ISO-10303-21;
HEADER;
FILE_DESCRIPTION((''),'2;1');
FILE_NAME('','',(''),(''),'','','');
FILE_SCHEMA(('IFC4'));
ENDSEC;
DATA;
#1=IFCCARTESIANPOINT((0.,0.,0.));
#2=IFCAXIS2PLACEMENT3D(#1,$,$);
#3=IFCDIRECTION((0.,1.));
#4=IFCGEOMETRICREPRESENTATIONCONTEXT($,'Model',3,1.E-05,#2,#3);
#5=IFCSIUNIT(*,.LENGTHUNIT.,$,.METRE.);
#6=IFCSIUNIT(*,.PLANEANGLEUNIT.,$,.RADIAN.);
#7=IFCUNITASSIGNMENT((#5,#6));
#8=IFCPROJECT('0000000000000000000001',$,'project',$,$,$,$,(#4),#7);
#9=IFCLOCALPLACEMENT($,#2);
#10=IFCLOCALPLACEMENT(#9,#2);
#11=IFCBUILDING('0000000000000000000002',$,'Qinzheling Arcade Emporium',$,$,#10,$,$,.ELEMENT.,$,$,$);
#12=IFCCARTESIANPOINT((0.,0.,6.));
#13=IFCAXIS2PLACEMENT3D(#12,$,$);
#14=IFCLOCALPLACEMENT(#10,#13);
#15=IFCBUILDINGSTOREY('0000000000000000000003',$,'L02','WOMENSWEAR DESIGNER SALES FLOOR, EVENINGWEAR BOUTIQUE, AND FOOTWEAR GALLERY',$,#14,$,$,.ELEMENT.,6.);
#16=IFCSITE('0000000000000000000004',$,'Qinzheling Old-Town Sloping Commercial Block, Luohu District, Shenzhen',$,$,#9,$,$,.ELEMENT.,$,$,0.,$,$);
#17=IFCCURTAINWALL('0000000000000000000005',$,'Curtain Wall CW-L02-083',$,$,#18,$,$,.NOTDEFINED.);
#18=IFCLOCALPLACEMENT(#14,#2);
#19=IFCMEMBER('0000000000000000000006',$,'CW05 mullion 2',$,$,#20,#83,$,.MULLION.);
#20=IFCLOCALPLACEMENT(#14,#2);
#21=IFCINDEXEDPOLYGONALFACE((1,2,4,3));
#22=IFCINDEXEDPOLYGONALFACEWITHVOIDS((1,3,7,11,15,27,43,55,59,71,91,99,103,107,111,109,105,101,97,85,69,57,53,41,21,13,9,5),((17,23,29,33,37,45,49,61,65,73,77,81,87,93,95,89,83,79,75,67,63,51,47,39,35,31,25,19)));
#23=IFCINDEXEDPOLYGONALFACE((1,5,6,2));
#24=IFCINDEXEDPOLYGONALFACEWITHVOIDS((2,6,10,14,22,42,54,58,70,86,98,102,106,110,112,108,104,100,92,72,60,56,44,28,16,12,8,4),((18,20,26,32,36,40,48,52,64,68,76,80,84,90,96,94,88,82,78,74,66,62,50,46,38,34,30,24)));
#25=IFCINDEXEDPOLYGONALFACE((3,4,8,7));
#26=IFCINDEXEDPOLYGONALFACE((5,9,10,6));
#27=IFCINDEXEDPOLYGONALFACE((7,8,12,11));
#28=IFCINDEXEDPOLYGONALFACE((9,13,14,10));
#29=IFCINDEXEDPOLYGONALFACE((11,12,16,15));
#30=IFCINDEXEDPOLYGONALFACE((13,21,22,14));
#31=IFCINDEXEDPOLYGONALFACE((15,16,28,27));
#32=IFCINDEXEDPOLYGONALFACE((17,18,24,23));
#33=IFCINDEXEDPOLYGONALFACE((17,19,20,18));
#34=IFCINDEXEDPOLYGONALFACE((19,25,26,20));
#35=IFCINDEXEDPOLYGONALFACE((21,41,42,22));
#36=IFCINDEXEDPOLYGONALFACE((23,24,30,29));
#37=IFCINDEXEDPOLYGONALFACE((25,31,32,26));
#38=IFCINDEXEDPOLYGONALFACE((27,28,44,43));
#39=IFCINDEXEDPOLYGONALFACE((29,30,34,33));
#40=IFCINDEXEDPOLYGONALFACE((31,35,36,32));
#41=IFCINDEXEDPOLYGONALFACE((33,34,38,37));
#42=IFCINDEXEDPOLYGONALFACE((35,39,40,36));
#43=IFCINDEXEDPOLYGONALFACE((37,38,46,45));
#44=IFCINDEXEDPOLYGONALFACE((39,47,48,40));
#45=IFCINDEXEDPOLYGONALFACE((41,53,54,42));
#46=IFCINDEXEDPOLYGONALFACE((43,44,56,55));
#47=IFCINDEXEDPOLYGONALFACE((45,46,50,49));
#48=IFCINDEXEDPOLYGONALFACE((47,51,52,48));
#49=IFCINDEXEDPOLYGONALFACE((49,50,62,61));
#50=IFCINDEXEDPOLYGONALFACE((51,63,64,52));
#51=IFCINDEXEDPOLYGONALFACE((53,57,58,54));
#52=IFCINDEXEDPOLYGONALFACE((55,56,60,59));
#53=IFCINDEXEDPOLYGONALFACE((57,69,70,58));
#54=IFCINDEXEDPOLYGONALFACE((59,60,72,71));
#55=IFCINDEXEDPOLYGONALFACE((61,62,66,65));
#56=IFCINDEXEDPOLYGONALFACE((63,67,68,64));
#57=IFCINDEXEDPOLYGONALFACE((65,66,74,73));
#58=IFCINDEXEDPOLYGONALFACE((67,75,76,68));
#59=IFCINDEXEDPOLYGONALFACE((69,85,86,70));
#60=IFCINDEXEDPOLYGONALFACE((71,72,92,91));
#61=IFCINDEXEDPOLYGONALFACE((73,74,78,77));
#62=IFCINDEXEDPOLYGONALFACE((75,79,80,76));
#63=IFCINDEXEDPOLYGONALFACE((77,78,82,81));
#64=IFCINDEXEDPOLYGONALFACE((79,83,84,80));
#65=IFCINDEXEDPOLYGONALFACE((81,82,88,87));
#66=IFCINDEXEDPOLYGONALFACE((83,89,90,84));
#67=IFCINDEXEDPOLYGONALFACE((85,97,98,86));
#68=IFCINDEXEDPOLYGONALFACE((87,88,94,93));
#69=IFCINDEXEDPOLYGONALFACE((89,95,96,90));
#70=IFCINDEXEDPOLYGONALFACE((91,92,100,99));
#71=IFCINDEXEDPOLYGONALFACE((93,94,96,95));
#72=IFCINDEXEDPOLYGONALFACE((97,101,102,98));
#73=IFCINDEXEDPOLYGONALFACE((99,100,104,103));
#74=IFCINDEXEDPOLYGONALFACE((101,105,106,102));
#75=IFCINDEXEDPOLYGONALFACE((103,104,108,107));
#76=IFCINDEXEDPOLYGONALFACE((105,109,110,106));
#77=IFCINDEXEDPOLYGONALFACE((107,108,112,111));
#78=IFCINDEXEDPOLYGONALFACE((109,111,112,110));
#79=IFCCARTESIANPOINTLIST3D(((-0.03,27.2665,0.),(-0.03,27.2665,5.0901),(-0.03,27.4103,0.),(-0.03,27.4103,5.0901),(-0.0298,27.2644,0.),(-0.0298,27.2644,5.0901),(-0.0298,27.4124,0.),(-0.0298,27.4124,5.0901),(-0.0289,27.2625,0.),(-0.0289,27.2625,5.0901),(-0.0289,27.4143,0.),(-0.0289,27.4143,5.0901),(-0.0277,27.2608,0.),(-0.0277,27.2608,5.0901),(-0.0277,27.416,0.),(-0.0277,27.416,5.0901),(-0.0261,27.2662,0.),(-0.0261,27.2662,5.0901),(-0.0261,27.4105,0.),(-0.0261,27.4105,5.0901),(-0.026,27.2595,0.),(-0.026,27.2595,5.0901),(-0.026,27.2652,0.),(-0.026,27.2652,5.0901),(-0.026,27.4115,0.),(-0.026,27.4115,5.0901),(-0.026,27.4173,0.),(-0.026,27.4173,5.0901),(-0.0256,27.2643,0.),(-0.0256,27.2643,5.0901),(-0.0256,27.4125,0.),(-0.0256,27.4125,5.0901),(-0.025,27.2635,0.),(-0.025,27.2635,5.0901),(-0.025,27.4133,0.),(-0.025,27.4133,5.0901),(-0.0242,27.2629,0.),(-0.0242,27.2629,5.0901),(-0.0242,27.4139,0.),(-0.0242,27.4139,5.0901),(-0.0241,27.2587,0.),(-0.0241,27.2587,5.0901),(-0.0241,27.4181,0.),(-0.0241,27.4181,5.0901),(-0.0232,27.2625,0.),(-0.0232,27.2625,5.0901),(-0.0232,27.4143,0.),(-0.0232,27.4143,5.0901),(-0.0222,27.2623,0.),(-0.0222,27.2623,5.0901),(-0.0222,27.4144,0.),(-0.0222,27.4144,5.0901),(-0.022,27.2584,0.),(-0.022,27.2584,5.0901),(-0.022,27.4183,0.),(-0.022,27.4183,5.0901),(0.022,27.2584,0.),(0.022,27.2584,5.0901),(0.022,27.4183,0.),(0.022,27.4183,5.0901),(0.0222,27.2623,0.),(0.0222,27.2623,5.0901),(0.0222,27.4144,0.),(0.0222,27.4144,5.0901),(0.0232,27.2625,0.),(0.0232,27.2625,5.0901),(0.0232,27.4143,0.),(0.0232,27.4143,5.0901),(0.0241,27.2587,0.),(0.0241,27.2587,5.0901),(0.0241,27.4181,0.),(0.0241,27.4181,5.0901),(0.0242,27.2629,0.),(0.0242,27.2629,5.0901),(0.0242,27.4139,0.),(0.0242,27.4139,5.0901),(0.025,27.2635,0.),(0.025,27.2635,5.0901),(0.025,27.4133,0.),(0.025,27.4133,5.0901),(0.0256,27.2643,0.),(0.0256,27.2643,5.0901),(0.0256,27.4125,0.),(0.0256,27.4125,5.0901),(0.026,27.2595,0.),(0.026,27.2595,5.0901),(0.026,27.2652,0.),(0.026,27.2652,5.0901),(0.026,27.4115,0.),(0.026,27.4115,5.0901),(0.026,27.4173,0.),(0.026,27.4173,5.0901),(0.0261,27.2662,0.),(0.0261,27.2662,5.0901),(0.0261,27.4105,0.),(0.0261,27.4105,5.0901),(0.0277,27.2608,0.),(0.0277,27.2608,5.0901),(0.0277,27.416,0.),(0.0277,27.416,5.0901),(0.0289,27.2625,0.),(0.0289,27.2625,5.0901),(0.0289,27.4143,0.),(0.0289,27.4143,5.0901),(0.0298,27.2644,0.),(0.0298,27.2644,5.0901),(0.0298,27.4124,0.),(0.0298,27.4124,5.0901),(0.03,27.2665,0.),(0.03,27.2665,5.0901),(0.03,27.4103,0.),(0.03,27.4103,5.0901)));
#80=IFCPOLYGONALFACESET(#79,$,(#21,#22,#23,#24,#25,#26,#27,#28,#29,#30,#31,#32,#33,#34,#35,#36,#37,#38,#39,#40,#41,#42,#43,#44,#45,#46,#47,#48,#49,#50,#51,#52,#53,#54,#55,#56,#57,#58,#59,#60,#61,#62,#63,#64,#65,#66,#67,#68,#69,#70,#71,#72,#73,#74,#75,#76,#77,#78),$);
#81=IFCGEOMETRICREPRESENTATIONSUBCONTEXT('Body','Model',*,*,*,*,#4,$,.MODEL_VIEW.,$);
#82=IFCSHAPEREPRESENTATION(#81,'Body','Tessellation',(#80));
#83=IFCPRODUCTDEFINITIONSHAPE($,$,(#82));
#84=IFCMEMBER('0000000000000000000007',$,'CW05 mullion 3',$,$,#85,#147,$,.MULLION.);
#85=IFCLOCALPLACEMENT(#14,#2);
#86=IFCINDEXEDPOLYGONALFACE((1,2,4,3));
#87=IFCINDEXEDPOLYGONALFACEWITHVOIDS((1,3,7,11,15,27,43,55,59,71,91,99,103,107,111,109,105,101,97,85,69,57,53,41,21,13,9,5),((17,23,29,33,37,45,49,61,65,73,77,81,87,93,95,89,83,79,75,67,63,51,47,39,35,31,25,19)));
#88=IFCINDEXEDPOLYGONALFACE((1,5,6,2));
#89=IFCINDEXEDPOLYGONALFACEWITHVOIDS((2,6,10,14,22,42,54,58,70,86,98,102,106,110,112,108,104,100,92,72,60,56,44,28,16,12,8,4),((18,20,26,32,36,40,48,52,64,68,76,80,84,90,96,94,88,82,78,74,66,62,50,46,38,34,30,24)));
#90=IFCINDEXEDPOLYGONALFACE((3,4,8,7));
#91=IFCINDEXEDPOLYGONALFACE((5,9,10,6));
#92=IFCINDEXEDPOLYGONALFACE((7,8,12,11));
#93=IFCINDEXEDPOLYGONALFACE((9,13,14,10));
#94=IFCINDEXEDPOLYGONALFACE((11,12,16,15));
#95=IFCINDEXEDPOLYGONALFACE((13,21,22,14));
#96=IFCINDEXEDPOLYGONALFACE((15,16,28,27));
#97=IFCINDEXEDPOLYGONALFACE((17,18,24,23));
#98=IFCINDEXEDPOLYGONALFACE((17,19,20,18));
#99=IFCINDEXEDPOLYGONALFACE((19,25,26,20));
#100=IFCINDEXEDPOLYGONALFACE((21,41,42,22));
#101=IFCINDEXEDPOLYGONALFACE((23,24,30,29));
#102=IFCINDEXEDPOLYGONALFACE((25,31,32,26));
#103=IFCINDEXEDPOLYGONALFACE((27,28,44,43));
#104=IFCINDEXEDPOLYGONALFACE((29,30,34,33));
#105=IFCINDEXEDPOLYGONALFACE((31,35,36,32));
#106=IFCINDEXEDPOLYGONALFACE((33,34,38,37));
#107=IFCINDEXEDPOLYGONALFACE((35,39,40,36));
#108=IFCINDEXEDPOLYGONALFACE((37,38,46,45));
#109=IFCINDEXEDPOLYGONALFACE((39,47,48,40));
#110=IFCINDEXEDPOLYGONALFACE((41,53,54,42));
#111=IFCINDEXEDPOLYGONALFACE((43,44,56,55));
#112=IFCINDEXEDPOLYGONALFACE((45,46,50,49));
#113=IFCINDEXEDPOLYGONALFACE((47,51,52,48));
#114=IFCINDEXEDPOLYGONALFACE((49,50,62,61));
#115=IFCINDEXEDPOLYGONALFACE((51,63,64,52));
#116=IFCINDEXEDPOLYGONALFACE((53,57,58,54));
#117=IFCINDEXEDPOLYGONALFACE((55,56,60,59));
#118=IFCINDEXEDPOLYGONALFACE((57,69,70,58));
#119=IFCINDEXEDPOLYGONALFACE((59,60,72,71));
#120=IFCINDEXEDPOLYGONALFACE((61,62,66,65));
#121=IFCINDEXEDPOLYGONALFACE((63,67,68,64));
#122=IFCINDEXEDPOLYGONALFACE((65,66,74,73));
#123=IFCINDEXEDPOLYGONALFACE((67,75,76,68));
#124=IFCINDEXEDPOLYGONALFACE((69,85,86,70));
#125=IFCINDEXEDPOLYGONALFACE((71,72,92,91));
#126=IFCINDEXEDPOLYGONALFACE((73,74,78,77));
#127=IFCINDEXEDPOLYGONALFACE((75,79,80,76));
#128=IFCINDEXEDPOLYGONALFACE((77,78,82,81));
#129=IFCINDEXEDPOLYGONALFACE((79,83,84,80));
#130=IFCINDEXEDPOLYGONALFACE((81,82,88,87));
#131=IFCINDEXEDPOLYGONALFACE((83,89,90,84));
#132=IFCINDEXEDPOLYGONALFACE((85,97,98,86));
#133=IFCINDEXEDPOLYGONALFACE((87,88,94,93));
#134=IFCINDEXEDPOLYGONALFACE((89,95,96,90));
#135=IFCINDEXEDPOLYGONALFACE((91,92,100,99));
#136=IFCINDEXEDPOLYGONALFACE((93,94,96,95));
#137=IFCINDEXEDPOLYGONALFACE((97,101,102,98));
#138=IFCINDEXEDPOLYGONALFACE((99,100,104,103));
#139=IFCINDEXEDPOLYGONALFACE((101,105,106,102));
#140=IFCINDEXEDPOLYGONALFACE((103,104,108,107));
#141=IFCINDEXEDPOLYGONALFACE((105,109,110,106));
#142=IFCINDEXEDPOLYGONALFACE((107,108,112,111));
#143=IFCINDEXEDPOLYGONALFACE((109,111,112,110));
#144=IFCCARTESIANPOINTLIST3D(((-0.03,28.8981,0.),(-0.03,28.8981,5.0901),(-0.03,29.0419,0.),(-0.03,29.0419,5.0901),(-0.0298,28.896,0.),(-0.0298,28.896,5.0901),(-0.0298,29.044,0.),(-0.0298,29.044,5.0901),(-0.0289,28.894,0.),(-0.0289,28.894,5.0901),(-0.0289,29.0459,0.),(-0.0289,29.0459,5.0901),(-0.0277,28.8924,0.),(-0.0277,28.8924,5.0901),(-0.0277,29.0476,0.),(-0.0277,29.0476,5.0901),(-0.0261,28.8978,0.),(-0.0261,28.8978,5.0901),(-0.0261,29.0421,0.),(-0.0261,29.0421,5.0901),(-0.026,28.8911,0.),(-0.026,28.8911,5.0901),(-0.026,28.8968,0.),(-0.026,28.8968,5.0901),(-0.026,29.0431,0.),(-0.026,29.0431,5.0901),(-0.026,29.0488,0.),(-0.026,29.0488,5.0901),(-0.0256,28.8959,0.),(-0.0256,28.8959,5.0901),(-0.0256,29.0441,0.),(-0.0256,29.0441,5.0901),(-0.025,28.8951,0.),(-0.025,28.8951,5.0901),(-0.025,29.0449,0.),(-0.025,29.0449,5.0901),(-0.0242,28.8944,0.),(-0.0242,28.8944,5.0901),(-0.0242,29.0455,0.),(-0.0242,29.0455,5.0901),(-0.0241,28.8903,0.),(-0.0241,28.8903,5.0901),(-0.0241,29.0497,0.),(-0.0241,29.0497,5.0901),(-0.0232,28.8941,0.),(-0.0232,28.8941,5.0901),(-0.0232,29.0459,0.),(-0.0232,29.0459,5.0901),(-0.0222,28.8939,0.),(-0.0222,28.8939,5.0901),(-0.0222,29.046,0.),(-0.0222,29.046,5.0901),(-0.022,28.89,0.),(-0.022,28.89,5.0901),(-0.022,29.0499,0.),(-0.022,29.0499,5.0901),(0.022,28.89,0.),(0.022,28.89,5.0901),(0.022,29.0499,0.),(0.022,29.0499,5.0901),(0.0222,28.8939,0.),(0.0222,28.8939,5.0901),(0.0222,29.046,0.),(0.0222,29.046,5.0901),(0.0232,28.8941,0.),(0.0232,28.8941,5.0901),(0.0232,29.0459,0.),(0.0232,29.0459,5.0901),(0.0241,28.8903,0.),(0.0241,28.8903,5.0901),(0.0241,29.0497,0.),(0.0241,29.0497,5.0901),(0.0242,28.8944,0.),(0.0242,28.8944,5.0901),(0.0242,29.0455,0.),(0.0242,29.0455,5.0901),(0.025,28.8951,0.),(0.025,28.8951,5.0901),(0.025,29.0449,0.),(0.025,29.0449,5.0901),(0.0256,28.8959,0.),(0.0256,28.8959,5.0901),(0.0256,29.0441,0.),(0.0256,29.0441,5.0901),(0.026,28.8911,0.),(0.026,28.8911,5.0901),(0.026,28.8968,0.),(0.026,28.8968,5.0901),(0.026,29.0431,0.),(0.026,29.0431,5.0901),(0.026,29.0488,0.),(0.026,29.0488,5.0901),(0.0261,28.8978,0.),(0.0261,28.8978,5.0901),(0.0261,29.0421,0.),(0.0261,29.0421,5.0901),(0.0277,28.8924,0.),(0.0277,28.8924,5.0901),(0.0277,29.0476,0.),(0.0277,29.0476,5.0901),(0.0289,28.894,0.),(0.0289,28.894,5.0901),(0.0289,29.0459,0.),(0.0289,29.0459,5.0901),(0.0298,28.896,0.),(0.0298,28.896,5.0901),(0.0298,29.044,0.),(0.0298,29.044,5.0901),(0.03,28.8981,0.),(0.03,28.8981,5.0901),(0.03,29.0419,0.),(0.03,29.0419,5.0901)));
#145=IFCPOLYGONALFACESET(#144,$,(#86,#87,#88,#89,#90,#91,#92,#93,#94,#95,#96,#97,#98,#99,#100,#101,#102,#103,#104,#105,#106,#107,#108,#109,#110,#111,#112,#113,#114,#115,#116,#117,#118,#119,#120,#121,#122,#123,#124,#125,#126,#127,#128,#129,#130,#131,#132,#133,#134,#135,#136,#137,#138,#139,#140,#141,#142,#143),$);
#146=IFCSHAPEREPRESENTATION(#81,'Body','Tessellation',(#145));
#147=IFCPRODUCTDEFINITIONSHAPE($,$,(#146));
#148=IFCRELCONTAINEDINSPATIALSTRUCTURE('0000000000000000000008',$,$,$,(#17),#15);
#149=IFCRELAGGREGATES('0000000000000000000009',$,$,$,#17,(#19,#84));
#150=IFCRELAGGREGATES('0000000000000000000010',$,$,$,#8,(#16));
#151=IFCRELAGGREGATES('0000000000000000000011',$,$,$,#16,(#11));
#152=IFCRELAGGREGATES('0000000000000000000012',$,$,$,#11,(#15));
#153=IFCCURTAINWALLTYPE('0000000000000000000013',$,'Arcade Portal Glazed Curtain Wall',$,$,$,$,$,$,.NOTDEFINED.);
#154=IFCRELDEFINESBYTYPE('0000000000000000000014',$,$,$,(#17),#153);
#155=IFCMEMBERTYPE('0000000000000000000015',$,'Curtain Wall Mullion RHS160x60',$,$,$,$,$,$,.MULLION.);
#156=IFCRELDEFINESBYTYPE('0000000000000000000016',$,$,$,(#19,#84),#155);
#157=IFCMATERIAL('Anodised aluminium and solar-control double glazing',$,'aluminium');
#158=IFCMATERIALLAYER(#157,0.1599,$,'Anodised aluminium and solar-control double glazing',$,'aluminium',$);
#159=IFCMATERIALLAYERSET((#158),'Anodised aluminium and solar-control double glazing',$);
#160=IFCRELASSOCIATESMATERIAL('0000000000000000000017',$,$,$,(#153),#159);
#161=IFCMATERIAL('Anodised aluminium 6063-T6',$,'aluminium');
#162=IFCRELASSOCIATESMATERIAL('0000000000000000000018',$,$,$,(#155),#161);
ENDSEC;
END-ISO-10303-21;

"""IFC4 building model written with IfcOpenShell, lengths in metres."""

from ifc_helpers import new_model, si_unit, direction, frame, origin, origin_2d, place, context, subcontext, project, spatial, hollow_rectangle, extrude, material, layer, layer_set, material_profile, profile_set, type_object, element, aggregate, save


model = new_model("IFC4")

# Units and contexts
model_context = context("Model", 3, precision=1e-05, world=origin(), true_north=direction((0.0, 1.0)))
body_context = subcontext(model_context, "Body", "Model", "MODEL_VIEW")
ifc_project = project(units=[si_unit("LENGTHUNIT", "METRE"), si_unit("PLANEANGLEUNIT", "RADIAN")], contexts=[model_context])

# Site, building, storey
site_placement = place(None, origin())
site = spatial("IfcSite", under=ifc_project, at=site_placement, Name="Qinzheling Old-Town Sloping Commercial Block, Luohu District, Shenzhen", CompositionType="ELEMENT", RefElevation=0.0)
building_placement = place(site_placement, origin())
building = spatial("IfcBuilding", under=site, at=building_placement, Name="Qinzheling Arcade Emporium", CompositionType="ELEMENT")
storey_placement = place(building_placement, frame((0.0, 0.0, 6.0)))
storey = spatial("IfcBuildingStorey", under=building, at=storey_placement, Name="L02", Description="WOMENSWEAR DESIGNER SALES FLOOR, EVENINGWEAR BOUTIQUE, AND FOOTWEAR GALLERY", CompositionType="ELEMENT", Elevation=6.0)

# Curtain wall, members
ifc_material_1 = material(Name="Anodised aluminium and solar-control double glazing", Category="aluminium")
ifc_layer_1 = layer(ifc_material_1, 0.1599, Name="Anodised aluminium and solar-control double glazing", Category="aluminium")
ifc_layer_set_1 = layer_set([ifc_layer_1], Name="Anodised aluminium and solar-control double glazing")
curtain_wall_type = type_object("IfcCurtainWallType", Name="Arcade Portal Glazed Curtain Wall", PredefinedType="NOTDEFINED", material=ifc_layer_set_1)
curtain_wall_1_placement = place(storey_placement, origin())
curtain_wall_1 = element("IfcCurtainWall", 1, at=curtain_wall_1_placement, inside=storey, type_object=curtain_wall_type, Name="Curtain Wall CW-L02-083", PredefinedType="NOTDEFINED")
ifc_material_2 = material(Name="Anodised aluminium 6063-T6", Category="aluminium")
ifc_material_profile_1 = material_profile(ifc_material_2, hollow_rectangle(XDim=0.0601, YDim=0.1599, WallThickness=0.0039, InnerFilletRadius=0.0039, OuterFilletRadius=0.0081, at=origin_2d()), Name="RHS 160x60x4", Category="aluminium")
ifc_profile_set_1 = profile_set([ifc_material_profile_1], Name="Anodised aluminium 6063-T6")
member_type_1 = type_object("IfcMemberType", Name="Curtain Wall Mullion RHS160x60", PredefinedType="MULLION", material=ifc_profile_set_1)
member_1_placement = place(storey_placement, frame((0.0, 27.3384, 0.0), z_axis=(0.0, 0.0, 1.0), x_axis=(-1.0, 0.0, 0.0)))
member_1 = element("IfcMember", 2, at=member_1_placement, type_object=member_type_1, Name="CW05 mullion 2", PredefinedType="MULLION", context=body_context, shape_type="SweptSolid", body=[
    extrude(hollow_rectangle(XDim=0.0601, YDim=0.1599, WallThickness=0.0039, InnerFilletRadius=0.0039, OuterFilletRadius=0.0081, at=origin_2d()), origin(), (0.0, 0.0, 1.0), 5.0901),
])
member_2_placement = place(storey_placement, frame((0.0, 28.97, 0.0), z_axis=(0.0, 0.0, 1.0), x_axis=(-1.0, 0.0, 0.0)))
member_2 = element("IfcMember", 3, at=member_2_placement, type_object=member_type_1, Name="CW05 mullion 3", PredefinedType="MULLION", context=body_context, shape_type="SweptSolid", body=[
    extrude(hollow_rectangle(XDim=0.0601, YDim=0.1599, WallThickness=0.0039, InnerFilletRadius=0.0039, OuterFilletRadius=0.0081, at=origin_2d()), origin(), (0.0, 0.0, 1.0), 5.0901),
])

aggregate(curtain_wall_1, [member_1, member_2])

save(model, "model.ifc")
